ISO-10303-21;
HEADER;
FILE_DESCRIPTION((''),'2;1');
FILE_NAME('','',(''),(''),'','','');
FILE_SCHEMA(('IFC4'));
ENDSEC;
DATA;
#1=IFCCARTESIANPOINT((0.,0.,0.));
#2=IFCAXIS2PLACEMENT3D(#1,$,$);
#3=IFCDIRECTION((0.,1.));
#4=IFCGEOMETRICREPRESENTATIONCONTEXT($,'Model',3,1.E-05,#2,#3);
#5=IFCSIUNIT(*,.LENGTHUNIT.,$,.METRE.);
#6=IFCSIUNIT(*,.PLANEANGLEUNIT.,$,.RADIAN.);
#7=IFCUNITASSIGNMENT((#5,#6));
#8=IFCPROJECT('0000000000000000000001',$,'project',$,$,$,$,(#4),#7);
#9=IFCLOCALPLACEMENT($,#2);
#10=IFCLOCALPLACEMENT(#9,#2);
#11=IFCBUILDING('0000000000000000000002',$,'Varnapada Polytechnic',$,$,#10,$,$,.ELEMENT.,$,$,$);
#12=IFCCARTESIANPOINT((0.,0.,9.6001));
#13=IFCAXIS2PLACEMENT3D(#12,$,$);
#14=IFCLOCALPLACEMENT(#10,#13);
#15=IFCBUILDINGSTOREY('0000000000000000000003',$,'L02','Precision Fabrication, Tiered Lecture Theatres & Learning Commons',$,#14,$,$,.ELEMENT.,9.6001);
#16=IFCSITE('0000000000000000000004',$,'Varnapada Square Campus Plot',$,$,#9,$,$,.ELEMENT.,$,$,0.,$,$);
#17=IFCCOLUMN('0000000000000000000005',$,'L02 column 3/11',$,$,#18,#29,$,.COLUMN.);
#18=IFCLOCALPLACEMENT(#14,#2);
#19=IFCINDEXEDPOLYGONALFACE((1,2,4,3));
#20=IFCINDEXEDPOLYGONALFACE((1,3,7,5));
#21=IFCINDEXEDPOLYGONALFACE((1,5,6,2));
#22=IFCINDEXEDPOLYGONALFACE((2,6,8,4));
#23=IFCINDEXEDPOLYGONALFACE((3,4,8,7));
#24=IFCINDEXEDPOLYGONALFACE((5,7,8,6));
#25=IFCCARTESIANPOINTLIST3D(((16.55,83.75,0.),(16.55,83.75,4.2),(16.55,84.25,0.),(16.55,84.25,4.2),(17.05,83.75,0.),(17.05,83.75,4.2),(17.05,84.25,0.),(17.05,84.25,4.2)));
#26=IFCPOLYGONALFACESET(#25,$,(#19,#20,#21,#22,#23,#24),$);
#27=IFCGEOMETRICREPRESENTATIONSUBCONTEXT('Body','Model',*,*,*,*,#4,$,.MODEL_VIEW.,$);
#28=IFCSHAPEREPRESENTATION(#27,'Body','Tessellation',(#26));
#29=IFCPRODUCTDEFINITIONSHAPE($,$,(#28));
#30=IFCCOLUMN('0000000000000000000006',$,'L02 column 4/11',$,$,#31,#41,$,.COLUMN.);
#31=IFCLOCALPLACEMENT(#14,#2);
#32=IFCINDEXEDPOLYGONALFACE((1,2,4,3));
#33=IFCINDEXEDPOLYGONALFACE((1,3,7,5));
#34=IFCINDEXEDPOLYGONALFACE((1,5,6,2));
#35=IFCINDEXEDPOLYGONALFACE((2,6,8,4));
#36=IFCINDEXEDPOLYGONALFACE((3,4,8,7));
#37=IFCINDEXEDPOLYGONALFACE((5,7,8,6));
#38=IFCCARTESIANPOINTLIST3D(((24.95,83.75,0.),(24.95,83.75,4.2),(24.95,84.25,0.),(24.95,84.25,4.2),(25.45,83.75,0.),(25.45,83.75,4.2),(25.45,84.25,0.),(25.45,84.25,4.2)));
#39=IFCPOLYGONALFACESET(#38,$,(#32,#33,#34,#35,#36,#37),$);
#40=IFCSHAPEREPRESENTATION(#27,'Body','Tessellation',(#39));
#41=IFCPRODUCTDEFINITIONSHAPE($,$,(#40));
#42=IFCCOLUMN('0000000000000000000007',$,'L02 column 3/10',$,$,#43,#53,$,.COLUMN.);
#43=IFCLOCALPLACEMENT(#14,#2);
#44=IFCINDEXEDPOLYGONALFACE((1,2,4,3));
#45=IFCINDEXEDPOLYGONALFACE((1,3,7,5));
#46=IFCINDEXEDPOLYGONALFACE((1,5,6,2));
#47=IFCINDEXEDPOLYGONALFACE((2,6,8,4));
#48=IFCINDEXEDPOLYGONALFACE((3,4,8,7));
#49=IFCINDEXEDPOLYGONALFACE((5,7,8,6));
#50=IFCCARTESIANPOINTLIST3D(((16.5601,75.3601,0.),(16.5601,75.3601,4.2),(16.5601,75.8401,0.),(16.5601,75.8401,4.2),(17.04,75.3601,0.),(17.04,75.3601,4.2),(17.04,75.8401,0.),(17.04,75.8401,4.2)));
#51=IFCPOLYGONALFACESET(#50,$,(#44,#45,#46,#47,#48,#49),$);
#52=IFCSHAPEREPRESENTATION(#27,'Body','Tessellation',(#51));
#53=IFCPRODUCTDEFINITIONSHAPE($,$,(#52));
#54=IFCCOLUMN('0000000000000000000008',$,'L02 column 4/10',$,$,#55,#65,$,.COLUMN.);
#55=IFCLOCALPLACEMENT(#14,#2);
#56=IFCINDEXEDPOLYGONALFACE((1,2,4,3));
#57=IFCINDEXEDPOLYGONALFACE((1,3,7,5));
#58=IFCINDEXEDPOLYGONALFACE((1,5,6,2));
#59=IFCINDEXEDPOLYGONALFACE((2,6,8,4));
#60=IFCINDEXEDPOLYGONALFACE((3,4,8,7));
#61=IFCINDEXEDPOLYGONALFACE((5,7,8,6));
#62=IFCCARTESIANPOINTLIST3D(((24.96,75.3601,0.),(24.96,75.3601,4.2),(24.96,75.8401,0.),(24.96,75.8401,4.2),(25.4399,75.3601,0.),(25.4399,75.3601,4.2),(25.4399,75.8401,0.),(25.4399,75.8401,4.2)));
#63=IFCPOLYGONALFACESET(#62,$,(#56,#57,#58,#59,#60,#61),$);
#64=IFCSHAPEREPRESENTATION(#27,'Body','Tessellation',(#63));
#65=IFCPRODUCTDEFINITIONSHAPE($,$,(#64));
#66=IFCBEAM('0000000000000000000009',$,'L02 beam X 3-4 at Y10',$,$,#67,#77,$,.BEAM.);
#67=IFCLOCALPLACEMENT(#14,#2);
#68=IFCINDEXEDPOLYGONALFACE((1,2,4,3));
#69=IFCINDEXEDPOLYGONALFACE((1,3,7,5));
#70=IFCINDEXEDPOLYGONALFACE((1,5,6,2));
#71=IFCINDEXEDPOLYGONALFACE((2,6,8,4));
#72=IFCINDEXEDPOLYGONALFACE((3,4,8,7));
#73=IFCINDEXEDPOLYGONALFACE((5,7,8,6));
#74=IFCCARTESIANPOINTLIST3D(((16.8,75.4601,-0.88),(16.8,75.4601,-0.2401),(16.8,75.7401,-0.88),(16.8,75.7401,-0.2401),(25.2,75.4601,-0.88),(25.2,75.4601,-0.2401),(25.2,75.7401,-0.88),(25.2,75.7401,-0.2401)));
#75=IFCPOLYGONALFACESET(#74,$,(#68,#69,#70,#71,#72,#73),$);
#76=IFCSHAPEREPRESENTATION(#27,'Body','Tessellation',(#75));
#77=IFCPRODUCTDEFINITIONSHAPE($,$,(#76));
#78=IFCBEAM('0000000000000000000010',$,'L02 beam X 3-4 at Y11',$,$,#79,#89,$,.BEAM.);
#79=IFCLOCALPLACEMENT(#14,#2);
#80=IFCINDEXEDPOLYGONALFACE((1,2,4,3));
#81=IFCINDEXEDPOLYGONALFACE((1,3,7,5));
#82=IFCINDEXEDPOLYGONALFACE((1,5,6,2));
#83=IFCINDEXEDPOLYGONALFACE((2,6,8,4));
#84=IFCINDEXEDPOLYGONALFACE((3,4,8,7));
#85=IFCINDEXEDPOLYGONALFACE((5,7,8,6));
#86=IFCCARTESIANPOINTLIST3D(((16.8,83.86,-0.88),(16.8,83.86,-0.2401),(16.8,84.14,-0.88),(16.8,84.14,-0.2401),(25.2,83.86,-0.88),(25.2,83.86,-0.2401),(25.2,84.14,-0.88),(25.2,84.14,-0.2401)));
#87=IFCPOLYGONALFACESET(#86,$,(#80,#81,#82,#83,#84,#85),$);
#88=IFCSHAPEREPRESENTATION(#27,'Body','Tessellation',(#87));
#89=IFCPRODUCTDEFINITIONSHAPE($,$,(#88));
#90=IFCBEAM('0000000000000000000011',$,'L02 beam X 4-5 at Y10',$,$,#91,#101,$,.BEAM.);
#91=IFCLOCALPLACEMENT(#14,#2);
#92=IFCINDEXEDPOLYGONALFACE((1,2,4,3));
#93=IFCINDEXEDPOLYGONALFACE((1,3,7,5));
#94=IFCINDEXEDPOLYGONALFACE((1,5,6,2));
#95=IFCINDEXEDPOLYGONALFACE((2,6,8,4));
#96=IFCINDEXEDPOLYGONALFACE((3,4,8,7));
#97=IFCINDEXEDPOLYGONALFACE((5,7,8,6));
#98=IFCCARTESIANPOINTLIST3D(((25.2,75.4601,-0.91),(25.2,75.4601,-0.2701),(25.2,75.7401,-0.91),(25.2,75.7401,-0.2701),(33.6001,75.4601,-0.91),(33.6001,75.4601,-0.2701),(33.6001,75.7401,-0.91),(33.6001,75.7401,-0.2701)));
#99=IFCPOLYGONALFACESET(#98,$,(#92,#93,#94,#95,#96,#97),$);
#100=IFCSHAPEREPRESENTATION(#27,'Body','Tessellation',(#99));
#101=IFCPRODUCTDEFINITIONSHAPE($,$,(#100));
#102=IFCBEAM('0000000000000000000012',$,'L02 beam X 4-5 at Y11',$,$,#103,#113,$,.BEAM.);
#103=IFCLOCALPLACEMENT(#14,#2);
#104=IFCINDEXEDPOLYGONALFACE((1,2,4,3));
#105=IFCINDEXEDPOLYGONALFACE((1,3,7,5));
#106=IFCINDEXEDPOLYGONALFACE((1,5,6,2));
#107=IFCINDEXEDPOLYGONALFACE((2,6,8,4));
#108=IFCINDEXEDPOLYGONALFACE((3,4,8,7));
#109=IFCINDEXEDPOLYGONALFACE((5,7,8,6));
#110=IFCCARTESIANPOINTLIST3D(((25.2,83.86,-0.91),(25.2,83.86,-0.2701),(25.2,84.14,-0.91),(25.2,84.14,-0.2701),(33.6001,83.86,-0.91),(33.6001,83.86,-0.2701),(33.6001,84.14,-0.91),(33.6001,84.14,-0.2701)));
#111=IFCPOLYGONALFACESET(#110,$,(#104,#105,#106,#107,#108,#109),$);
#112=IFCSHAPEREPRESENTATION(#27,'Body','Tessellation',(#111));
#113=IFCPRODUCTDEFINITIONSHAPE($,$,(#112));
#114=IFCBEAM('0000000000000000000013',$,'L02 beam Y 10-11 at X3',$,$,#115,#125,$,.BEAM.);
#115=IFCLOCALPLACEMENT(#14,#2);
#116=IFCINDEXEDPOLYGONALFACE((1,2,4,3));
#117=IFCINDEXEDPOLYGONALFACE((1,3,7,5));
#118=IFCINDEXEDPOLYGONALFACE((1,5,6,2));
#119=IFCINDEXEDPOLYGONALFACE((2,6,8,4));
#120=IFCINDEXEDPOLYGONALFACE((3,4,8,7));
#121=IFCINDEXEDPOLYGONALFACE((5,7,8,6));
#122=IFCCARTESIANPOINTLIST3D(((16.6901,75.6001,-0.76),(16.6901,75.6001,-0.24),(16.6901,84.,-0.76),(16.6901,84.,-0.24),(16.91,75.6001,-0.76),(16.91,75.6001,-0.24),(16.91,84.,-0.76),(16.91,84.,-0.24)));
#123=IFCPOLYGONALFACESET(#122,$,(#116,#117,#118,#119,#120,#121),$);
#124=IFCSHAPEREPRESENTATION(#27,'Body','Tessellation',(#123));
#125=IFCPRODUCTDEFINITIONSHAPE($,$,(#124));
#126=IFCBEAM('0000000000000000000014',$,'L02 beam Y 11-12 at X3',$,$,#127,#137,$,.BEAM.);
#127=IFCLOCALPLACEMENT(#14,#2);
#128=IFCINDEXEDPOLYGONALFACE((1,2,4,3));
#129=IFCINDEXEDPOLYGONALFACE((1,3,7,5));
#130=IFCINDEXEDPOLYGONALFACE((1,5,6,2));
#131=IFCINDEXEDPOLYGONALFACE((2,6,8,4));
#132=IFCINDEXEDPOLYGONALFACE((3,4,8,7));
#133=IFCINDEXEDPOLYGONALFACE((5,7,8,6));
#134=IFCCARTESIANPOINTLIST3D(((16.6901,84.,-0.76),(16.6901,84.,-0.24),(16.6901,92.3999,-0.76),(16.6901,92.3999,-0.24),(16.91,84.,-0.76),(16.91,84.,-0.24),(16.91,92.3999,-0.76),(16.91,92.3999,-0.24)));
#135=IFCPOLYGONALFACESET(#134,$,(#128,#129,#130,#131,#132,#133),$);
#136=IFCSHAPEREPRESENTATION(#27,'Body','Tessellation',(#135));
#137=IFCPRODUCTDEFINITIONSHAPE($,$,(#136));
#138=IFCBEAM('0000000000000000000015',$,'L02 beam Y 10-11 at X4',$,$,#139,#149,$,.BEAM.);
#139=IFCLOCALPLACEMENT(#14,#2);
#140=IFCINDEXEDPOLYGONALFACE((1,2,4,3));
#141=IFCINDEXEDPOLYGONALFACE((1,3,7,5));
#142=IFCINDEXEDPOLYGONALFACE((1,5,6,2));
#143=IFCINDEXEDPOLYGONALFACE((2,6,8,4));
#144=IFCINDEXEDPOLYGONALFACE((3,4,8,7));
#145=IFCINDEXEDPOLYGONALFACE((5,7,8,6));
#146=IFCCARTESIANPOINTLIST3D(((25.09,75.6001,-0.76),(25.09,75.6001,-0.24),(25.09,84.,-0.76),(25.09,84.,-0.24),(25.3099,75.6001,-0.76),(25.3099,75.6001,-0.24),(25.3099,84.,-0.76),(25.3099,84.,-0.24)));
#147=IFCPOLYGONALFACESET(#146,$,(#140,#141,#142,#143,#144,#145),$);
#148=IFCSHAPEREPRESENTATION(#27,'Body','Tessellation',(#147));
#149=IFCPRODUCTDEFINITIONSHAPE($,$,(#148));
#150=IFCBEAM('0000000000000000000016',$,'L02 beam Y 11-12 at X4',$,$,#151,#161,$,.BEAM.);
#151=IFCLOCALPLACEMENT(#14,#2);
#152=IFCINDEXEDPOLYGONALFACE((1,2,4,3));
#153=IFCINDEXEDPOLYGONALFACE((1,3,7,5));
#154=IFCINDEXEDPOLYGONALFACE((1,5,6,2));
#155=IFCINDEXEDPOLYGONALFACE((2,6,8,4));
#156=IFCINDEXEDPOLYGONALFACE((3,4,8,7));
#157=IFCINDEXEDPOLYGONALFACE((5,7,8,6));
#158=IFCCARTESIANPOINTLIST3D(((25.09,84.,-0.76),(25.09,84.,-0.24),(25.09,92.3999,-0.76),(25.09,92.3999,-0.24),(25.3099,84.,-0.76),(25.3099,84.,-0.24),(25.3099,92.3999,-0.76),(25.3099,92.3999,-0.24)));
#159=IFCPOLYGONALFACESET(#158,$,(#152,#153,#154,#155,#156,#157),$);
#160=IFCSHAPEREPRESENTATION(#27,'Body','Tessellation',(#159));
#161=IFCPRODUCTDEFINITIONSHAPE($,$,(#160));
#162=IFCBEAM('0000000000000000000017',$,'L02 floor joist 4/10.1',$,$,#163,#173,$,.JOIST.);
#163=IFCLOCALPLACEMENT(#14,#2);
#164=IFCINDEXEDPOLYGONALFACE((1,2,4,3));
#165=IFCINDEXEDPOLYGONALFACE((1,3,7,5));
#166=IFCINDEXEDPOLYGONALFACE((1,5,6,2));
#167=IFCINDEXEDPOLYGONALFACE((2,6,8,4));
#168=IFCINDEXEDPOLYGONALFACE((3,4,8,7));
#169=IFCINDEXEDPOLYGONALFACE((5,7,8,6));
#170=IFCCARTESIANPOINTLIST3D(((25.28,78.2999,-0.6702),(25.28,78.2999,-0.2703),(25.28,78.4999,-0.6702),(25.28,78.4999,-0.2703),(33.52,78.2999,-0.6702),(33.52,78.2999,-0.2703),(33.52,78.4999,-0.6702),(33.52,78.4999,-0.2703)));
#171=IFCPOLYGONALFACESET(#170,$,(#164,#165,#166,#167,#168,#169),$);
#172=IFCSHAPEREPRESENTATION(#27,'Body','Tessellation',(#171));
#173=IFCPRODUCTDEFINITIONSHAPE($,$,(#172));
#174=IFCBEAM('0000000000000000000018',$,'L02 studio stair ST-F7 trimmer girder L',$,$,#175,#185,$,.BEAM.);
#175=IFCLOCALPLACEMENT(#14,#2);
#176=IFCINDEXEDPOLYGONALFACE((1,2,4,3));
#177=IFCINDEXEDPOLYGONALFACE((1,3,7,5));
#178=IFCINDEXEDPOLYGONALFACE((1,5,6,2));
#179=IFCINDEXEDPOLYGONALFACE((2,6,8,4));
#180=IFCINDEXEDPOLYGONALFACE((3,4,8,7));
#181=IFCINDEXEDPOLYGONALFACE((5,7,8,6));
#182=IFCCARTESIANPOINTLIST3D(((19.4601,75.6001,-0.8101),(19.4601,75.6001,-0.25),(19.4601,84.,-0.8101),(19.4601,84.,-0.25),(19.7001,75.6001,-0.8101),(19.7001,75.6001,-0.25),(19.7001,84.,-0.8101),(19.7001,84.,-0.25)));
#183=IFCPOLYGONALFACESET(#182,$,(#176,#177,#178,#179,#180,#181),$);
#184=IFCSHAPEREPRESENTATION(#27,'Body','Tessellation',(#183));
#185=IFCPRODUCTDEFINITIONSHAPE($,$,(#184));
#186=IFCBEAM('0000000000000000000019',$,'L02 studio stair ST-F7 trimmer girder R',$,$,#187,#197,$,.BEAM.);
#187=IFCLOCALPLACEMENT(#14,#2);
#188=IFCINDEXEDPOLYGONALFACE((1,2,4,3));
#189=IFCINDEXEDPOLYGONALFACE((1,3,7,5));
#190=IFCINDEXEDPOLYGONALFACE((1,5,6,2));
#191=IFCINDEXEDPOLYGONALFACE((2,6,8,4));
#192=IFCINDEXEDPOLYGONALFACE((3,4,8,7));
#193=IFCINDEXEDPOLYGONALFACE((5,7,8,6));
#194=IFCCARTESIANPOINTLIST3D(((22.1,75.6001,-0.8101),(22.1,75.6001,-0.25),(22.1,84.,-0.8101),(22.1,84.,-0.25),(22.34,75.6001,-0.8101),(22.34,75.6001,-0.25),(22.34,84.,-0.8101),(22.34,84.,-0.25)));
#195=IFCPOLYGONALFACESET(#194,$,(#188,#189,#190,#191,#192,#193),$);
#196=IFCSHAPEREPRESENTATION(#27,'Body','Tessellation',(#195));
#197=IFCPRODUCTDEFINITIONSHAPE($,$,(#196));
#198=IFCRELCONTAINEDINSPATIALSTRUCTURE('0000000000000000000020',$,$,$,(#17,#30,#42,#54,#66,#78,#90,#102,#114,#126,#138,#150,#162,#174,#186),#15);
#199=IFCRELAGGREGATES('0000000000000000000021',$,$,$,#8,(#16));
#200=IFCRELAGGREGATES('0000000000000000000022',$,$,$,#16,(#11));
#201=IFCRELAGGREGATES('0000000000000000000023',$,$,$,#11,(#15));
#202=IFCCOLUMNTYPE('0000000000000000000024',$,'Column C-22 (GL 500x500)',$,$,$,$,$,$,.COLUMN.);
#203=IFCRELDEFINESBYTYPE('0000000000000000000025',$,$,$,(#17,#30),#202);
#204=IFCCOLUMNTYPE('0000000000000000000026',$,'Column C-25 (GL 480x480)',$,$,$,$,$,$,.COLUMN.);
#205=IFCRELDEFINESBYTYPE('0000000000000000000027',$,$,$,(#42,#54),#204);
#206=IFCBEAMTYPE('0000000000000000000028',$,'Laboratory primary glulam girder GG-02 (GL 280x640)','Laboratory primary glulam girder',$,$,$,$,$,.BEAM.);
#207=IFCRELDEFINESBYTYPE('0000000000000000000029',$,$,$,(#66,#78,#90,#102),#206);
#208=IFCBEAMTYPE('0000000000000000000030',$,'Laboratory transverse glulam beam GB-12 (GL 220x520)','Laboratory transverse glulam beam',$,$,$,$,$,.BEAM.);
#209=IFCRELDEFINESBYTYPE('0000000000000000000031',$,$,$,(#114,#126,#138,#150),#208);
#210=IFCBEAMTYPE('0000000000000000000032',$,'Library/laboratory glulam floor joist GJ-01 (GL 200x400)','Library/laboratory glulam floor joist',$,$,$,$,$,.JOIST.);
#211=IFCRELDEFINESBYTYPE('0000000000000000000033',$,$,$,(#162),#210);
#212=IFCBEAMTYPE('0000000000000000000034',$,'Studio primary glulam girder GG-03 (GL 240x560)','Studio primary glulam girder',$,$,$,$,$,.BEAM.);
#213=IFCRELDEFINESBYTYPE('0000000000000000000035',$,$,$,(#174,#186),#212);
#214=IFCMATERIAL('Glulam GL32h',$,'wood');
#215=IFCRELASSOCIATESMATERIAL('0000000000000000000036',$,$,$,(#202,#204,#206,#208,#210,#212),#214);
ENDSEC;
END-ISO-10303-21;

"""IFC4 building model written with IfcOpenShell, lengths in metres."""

from ifc_helpers import new_model, si_unit, direction, frame, origin, origin_2d, place, context, subcontext, project, spatial, rectangle, extrude, material, material_profile, profile_set, type_object, element, save


model = new_model("IFC4")

# Units and contexts
model_context = context("Model", 3, precision=1e-05, world=origin(), true_north=direction((0.0, 1.0)))
body_context = subcontext(model_context, "Body", "Model", "MODEL_VIEW")
ifc_project = project(units=[si_unit("LENGTHUNIT", "METRE"), si_unit("PLANEANGLEUNIT", "RADIAN")], contexts=[model_context])

# Site, building, storey
site_placement = place(None, origin())
site = spatial("IfcSite", under=ifc_project, at=site_placement, Name="Varnapada Square Campus Plot", CompositionType="ELEMENT", RefElevation=0.0)
building_placement = place(site_placement, origin())
building = spatial("IfcBuilding", under=site, at=building_placement, Name="Varnapada Polytechnic", CompositionType="ELEMENT")
storey_placement = place(building_placement, frame((0.0, 0.0, 9.6001)))
storey = spatial("IfcBuildingStorey", under=building, at=storey_placement, Name="L02", Description="Precision Fabrication, Tiered Lecture Theatres & Learning Commons", CompositionType="ELEMENT", Elevation=9.6001)

# Columns
ifc_material_1 = material(Name="Glulam GL32h", Category="wood")
ifc_material_profile_1 = material_profile(ifc_material_1, rectangle(XDim=0.5, YDim=0.5, at=origin_2d()), Name="GL 500x500")
ifc_profile_set_1 = profile_set([ifc_material_profile_1], Name="Glulam GL32h")
column_type_1 = type_object("IfcColumnType", Name="Column C-22 (GL 500x500)", PredefinedType="COLUMN", material=ifc_profile_set_1)
for number, where, z_axis, x_axis, name in (
    (1, (16.8, 84.0, 0.0), (0.0, 0.0, 1.0), (1.0, 0.0, 0.0), "L02 column 3/11"),
    (2, (25.2, 84.0, 0.0), (0.0, 0.0, 1.0), (1.0, 0.0, 0.0), "L02 column 4/11"),
):
    element("IfcColumn", number, at=place(storey_placement, frame(where, z_axis=z_axis, x_axis=x_axis)), inside=storey, type_object=column_type_1, Name=name, PredefinedType="COLUMN", context=body_context, shape_type="SweptSolid", body=[
        extrude(rectangle(XDim=0.5, YDim=0.5, at=origin_2d()), origin(), (0.0, 0.0, 1.0), 4.2),
    ])
ifc_material_profile_2 = material_profile(ifc_material_1, rectangle(XDim=0.48, YDim=0.48, at=origin_2d()), Name="GL 480x480")
ifc_profile_set_2 = profile_set([ifc_material_profile_2], Name="Glulam GL32h")
column_type_2 = type_object("IfcColumnType", Name="Column C-25 (GL 480x480)", PredefinedType="COLUMN", material=ifc_profile_set_2)
for number, where, z_axis, x_axis, name in (
    (3, (16.8, 75.6001, 0.0), (0.0, 0.0, 1.0), (1.0, 0.0, 0.0), "L02 column 3/10"),
    (4, (25.2, 75.6001, 0.0), (0.0, 0.0, 1.0), (1.0, 0.0, 0.0), "L02 column 4/10"),
):
    element("IfcColumn", number, at=place(storey_placement, frame(where, z_axis=z_axis, x_axis=x_axis)), inside=storey, type_object=column_type_2, Name=name, PredefinedType="COLUMN", context=body_context, shape_type="SweptSolid", body=[
        extrude(rectangle(XDim=0.48, YDim=0.48, at=origin_2d()), origin(), (0.0, 0.0, 1.0), 4.2),
    ])

# Beams
ifc_material_profile_3 = material_profile(ifc_material_1, rectangle(XDim=0.28, YDim=0.6399, at=origin_2d()), Name="GL 280x640")
ifc_profile_set_3 = profile_set([ifc_material_profile_3], Name="Glulam GL32h")
beam_type_1 = type_object("IfcBeamType", Name="Laboratory primary glulam girder GG-02 (GL 280x640)", Description="Laboratory primary glulam girder", PredefinedType="BEAM", material=ifc_profile_set_3)
for number, where, z_axis, x_axis, name in (
    (5, (16.8, 75.6001, -0.5601), (1.0, 0.0, 0.0), (0.0, 1.0, 0.0), "L02 beam X 3-4 at Y10"),
    (6, (16.8, 84.0, -0.5601), (1.0, 0.0, 0.0), (0.0, 1.0, 0.0), "L02 beam X 3-4 at Y11"),
):
    element("IfcBeam", number, at=place(storey_placement, frame(where, z_axis=z_axis, x_axis=x_axis)), inside=storey, type_object=beam_type_1, Name=name, PredefinedType="BEAM", context=body_context, shape_type="SweptSolid", body=[
        extrude(rectangle(XDim=0.28, YDim=0.6399, at=origin_2d()), origin(), (0.0, 0.0, 1.0), 8.3999),
    ])
for number, where, z_axis, x_axis, name in (
    (7, (25.2, 75.6001, -0.5901), (1.0, 0.0, 0.0), (0.0, 1.0, 0.0), "L02 beam X 4-5 at Y10"),
    (8, (25.2, 84.0, -0.5901), (1.0, 0.0, 0.0), (0.0, 1.0, 0.0), "L02 beam X 4-5 at Y11"),
):
    element("IfcBeam", number, at=place(storey_placement, frame(where, z_axis=z_axis, x_axis=x_axis)), inside=storey, type_object=beam_type_1, Name=name, PredefinedType="BEAM", context=body_context, shape_type="SweptSolid", body=[
        extrude(rectangle(XDim=0.28, YDim=0.6399, at=origin_2d()), origin(), (0.0, 0.0, 1.0), 8.4001),
    ])
ifc_material_profile_4 = material_profile(ifc_material_1, rectangle(XDim=0.22, YDim=0.52, at=origin_2d()), Name="GL 220x520")
ifc_profile_set_4 = profile_set([ifc_material_profile_4], Name="Glulam GL32h")
beam_type_2 = type_object("IfcBeamType", Name="Laboratory transverse glulam beam GB-12 (GL 220x520)", Description="Laboratory transverse glulam beam", PredefinedType="BEAM", material=ifc_profile_set_4)
for number, where, z_axis, x_axis, name in (
    (9, (16.8, 75.6001, -0.5), (0.0, 1.0, 0.0), (-1.0, 0.0, 0.0), "L02 beam Y 10-11 at X3"),
    (10, (16.8, 84.0, -0.5), (0.0, 1.0, 0.0), (-1.0, 0.0, 0.0), "L02 beam Y 11-12 at X3"),
    (11, (25.2, 75.6001, -0.5), (0.0, 1.0, 0.0), (-1.0, 0.0, 0.0), "L02 beam Y 10-11 at X4"),
    (12, (25.2, 84.0, -0.5), (0.0, 1.0, 0.0), (-1.0, 0.0, 0.0), "L02 beam Y 11-12 at X4"),
):
    element("IfcBeam", number, at=place(storey_placement, frame(where, z_axis=z_axis, x_axis=x_axis)), inside=storey, type_object=beam_type_2, Name=name, PredefinedType="BEAM", context=body_context, shape_type="SweptSolid", body=[
        extrude(rectangle(XDim=0.22, YDim=0.52, at=origin_2d()), origin(), (0.0, 0.0, 1.0), 8.3999),
    ])
ifc_material_profile_5 = material_profile(ifc_material_1, rectangle(XDim=0.2, YDim=0.3999, at=origin_2d()), Name="GL 200x400")
ifc_profile_set_5 = profile_set([ifc_material_profile_5], Name="Glulam GL32h")
beam_type_3 = type_object("IfcBeamType", Name="Library/laboratory glulam floor joist GJ-01 (GL 200x400)", Description="Library/laboratory glulam floor joist", PredefinedType="JOIST", material=ifc_profile_set_5)
beam_1_placement = place(storey_placement, frame((25.28, 78.3999, -0.4702), z_axis=(1.0, 0.0, 0.0), x_axis=(0.0, 1.0, 0.0)))
element("IfcBeam", 13, at=beam_1_placement, inside=storey, type_object=beam_type_3, Name="L02 floor joist 4/10.1", PredefinedType="JOIST", context=body_context, shape_type="SweptSolid", body=[
    extrude(rectangle(XDim=0.2, YDim=0.3999, at=origin_2d()), origin(), (0.0, 0.0, 1.0), 8.24),
])
ifc_material_profile_6 = material_profile(ifc_material_1, rectangle(XDim=0.24, YDim=0.5601, at=origin_2d()), Name="GL 240x560")
ifc_profile_set_6 = profile_set([ifc_material_profile_6], Name="Glulam GL32h")
beam_type_4 = type_object("IfcBeamType", Name="Studio primary glulam girder GG-03 (GL 240x560)", Description="Studio primary glulam girder", PredefinedType="BEAM", material=ifc_profile_set_6)
for number, where, z_axis, x_axis, name in (
    (14, (19.5801, 75.6001, -0.53), (0.0, 1.0, 0.0), (-1.0, 0.0, 0.0), "L02 studio stair ST-F7 trimmer girder L"),
    (15, (22.22, 75.6001, -0.53), (0.0, 1.0, 0.0), (-1.0, 0.0, 0.0), "L02 studio stair ST-F7 trimmer girder R"),
):
    element("IfcBeam", number, at=place(storey_placement, frame(where, z_axis=z_axis, x_axis=x_axis)), inside=storey, type_object=beam_type_4, Name=name, PredefinedType="BEAM", context=body_context, shape_type="SweptSolid", body=[
        extrude(rectangle(XDim=0.24, YDim=0.5601, at=origin_2d()), origin(), (0.0, 0.0, 1.0), 8.3999),
    ])

save(model, "model.ifc")
